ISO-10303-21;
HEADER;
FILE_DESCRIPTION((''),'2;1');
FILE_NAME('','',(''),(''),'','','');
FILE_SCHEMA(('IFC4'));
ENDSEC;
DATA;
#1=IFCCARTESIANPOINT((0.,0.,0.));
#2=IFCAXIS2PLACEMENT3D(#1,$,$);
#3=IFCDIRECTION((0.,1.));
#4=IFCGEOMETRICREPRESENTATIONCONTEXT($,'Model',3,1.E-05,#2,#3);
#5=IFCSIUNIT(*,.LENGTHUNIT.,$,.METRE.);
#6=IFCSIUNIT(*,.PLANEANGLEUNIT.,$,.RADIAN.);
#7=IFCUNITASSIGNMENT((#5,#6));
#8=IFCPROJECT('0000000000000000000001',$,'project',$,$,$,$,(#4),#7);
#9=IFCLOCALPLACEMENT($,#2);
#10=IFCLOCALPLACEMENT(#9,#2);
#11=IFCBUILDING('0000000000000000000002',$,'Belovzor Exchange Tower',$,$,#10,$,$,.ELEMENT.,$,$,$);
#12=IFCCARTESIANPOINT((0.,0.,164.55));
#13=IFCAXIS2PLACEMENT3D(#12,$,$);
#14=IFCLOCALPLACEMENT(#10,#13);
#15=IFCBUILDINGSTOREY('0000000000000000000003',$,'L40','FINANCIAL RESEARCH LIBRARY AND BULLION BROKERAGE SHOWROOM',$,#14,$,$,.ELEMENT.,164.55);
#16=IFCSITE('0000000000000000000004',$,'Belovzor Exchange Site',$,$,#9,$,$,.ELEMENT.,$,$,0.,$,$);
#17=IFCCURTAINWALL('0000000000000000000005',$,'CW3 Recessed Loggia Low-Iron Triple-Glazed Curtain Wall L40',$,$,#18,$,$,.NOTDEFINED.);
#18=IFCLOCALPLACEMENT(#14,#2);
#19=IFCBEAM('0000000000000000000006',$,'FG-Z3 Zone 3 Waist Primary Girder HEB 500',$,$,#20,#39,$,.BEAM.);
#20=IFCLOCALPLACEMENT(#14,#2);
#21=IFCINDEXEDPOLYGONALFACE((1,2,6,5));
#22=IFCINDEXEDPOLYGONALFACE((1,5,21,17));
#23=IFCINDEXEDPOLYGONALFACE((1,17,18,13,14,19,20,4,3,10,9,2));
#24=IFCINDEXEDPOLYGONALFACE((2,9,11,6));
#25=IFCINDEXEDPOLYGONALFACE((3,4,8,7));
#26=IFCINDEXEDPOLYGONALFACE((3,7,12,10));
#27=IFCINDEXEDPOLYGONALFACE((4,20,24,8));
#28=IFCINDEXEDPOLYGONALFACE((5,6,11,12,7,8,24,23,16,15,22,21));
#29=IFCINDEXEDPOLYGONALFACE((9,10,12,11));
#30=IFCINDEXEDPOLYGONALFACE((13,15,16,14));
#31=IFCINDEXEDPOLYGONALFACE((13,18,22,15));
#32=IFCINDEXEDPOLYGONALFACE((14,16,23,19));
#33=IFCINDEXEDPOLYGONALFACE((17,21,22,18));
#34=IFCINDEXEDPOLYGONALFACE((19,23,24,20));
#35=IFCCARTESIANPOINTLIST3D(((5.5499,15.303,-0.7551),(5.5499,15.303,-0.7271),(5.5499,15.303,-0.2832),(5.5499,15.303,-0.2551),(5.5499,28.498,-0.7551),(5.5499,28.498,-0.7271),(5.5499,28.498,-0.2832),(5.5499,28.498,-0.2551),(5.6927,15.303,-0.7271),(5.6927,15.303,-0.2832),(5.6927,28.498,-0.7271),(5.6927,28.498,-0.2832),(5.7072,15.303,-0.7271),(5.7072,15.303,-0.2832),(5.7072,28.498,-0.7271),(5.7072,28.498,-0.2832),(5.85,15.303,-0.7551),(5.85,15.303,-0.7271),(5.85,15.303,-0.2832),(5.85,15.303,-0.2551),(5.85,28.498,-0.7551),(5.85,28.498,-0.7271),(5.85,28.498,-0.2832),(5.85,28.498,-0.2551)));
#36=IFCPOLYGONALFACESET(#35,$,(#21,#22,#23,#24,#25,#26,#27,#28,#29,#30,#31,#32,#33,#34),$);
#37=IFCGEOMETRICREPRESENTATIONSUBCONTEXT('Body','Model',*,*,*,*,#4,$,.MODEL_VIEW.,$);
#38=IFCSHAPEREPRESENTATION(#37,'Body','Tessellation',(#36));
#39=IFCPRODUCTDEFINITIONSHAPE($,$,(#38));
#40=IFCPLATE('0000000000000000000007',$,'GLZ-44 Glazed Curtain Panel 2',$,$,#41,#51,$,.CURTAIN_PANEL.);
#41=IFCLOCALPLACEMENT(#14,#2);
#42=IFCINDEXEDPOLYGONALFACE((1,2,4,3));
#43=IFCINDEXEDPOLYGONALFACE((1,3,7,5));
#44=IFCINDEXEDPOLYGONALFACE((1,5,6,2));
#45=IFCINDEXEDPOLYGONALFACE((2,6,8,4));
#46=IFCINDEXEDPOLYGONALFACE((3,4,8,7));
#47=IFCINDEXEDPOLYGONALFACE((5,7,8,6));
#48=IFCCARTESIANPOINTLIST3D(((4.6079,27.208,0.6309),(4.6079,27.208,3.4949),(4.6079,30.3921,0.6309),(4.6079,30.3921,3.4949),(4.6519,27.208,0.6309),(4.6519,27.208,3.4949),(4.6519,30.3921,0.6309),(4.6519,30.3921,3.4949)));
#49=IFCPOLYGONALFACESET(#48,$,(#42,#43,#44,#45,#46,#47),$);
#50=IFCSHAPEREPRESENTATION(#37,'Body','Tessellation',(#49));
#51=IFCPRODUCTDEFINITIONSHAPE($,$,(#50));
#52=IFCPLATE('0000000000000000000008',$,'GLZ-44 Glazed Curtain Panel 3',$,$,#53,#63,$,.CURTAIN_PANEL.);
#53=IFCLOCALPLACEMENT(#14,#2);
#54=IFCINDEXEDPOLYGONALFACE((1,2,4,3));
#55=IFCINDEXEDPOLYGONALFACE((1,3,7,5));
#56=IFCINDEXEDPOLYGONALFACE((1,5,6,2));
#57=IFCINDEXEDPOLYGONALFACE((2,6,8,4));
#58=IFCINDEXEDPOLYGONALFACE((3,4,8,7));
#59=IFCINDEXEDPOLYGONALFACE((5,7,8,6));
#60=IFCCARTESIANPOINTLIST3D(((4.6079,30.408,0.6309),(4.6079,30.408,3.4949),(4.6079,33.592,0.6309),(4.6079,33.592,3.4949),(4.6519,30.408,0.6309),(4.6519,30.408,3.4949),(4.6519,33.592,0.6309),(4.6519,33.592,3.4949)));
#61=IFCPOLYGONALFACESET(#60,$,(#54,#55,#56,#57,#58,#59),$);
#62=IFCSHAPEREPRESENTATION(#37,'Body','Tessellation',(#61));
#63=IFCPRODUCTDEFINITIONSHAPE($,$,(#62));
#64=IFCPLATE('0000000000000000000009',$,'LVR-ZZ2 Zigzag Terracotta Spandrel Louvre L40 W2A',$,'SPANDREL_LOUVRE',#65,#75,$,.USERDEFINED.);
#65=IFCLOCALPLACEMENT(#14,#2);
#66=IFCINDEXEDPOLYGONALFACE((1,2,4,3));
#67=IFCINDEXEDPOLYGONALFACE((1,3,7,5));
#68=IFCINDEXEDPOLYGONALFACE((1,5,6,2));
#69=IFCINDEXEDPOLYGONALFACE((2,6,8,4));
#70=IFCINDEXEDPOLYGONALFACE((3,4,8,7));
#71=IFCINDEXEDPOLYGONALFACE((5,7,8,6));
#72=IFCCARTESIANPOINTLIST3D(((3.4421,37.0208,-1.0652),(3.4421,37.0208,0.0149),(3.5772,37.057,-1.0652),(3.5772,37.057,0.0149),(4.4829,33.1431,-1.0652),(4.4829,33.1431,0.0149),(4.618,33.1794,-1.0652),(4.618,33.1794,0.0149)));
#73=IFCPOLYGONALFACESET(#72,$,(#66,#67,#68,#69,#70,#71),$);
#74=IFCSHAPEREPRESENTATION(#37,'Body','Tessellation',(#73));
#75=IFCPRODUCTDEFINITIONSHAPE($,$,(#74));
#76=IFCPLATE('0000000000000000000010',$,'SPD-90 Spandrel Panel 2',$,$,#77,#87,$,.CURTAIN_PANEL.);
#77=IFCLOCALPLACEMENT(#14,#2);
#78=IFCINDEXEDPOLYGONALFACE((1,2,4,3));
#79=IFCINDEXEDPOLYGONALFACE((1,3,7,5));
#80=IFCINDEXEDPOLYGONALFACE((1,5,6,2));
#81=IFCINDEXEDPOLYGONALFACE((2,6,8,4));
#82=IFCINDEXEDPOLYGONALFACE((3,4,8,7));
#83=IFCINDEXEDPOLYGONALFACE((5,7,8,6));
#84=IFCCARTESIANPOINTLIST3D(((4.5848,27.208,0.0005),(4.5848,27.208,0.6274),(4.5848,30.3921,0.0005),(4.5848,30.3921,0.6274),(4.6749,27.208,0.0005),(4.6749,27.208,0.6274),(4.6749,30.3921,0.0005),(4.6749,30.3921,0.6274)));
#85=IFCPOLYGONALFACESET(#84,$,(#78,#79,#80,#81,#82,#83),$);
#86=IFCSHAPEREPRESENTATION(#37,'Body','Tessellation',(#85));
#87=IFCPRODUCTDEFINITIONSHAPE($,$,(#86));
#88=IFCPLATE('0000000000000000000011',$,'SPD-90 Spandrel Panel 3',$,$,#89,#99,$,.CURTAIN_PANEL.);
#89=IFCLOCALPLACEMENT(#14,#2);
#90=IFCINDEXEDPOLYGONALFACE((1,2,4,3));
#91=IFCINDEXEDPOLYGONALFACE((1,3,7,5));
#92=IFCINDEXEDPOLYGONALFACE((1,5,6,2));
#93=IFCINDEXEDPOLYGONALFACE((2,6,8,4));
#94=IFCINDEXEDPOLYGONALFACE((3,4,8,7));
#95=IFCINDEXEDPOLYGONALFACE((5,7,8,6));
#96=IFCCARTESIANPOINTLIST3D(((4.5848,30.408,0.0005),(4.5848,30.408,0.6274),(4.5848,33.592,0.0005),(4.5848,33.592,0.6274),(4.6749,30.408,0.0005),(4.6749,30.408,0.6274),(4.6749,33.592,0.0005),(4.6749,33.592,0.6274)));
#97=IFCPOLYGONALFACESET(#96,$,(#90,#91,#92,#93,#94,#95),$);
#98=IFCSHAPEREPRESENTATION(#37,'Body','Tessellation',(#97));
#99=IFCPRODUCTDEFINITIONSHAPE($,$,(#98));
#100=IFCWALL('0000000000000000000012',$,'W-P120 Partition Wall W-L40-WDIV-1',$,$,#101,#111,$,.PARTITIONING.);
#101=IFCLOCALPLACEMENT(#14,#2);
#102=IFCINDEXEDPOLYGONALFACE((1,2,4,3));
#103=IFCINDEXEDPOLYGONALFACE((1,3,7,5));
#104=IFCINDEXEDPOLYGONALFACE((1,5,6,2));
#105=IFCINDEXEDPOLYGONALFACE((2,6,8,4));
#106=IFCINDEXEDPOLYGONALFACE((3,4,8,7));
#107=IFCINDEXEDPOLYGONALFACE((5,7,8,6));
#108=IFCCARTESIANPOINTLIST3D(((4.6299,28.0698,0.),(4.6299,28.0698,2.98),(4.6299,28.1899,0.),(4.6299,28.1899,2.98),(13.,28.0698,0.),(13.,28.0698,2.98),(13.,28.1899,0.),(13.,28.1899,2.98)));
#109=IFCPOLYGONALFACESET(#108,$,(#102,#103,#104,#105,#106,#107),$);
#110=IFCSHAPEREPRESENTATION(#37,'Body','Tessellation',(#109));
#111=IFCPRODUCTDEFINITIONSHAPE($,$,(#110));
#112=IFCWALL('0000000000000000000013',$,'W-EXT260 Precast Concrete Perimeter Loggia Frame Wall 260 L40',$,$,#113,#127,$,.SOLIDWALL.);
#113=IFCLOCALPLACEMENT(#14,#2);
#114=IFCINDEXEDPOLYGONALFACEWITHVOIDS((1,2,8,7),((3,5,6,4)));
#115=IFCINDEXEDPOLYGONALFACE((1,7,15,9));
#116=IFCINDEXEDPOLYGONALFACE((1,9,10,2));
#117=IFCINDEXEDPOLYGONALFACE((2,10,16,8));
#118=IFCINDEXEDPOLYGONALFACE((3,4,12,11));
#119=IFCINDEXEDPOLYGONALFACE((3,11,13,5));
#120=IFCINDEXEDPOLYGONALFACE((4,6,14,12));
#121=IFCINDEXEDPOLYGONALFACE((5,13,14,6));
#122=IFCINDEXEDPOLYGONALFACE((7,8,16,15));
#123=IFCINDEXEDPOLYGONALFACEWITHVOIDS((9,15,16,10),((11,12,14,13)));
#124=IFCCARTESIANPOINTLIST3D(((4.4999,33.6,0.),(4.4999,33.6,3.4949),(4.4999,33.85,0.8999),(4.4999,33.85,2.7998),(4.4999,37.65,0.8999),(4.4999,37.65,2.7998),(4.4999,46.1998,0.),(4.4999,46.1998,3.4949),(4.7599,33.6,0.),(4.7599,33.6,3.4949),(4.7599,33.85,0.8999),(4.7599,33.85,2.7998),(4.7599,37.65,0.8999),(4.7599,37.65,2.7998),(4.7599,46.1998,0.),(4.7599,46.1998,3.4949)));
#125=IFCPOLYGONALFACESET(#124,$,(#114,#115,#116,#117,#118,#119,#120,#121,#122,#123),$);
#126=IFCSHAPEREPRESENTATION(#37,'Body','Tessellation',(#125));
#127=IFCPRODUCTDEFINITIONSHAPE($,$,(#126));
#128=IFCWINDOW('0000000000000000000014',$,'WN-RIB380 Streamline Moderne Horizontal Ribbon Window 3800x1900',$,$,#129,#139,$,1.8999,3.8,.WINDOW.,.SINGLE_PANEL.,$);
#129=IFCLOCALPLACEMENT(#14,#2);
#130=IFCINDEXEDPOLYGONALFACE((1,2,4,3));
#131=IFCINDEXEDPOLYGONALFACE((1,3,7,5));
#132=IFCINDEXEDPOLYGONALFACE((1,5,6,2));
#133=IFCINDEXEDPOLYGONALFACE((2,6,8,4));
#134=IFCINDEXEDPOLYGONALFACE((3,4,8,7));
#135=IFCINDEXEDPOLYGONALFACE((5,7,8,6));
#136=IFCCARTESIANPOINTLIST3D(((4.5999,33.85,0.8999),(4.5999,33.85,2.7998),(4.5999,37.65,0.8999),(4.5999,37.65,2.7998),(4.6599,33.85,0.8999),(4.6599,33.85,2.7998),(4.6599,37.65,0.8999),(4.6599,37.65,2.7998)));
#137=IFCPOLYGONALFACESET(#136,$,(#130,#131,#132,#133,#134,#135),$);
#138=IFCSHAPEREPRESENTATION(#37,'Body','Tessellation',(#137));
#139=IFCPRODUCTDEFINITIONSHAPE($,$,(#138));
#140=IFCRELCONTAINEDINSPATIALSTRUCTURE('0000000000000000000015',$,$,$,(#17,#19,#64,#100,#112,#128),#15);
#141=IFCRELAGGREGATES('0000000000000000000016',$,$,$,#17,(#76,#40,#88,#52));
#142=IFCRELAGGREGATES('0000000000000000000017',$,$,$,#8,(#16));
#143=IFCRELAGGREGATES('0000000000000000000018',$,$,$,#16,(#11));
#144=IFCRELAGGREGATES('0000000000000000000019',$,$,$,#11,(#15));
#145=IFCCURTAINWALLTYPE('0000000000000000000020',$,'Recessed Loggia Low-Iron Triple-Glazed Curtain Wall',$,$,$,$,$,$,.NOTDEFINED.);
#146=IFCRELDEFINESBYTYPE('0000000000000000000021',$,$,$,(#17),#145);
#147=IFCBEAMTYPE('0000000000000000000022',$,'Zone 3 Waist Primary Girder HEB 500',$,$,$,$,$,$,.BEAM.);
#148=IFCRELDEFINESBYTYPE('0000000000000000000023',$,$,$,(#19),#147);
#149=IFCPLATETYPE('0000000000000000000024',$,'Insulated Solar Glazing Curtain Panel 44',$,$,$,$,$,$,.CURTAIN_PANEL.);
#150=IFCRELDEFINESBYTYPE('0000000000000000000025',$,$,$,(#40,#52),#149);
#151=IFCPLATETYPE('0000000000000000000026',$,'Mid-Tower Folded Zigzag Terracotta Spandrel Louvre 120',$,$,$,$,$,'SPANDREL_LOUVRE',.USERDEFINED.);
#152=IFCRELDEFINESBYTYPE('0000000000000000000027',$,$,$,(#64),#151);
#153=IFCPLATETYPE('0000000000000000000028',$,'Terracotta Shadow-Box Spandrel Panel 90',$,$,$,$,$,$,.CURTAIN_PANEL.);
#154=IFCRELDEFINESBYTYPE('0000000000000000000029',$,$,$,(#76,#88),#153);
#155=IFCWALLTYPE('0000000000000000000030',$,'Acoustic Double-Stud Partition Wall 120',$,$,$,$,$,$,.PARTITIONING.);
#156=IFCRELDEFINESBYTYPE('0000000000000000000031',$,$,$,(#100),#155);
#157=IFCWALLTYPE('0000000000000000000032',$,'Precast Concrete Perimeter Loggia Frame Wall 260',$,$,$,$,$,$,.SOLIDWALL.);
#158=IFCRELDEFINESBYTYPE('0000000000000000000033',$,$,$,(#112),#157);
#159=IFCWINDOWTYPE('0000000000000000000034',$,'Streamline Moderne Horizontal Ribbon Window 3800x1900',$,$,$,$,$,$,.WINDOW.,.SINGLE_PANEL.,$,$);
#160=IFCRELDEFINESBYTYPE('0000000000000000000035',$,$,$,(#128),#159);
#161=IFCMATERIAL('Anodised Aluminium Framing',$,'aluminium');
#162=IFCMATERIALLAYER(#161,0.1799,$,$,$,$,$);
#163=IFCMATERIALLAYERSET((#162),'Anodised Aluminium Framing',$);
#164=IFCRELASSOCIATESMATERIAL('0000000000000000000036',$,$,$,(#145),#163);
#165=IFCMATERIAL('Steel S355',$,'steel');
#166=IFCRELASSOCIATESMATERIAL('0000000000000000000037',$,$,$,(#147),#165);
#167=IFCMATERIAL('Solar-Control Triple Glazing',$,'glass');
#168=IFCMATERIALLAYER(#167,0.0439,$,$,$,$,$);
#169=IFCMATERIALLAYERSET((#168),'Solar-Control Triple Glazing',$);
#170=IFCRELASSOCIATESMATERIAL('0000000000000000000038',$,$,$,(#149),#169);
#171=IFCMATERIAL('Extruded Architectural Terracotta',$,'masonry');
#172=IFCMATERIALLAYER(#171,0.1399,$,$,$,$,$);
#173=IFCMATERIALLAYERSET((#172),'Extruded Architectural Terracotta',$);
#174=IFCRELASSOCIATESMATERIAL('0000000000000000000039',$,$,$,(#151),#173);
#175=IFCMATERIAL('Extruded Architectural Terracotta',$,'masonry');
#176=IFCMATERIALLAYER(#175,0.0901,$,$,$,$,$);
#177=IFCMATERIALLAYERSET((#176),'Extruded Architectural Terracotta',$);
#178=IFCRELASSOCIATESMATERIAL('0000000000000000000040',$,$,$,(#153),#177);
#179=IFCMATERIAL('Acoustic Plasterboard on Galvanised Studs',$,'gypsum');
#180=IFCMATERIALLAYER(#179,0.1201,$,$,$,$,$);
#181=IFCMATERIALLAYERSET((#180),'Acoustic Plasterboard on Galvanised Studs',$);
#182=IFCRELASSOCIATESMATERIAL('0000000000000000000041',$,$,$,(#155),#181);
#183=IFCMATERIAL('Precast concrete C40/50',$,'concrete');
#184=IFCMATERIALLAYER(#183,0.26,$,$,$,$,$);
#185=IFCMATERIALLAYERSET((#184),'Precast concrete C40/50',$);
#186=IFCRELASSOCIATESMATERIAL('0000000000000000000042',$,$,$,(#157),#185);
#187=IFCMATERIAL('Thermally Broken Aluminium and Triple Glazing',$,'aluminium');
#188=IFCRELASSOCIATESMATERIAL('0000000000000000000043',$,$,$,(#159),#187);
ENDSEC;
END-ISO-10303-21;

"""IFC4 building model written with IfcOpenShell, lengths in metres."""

from ifc_helpers import new_model, si_unit, direction, frame, frame_2d, origin, origin_2d, place, context, subcontext, project, spatial, rectangle, i_section, extrude, material, layer, layer_set, material_profile, profile_set, type_object, element, fill, aggregate, save


model = new_model("IFC4")

# Units and contexts
model_context = context("Model", 3, precision=1e-05, world=origin(), true_north=direction((0.0, 1.0)))
body_context = subcontext(model_context, "Body", "Model", "MODEL_VIEW")
ifc_project = project(units=[si_unit("LENGTHUNIT", "METRE"), si_unit("PLANEANGLEUNIT", "RADIAN")], contexts=[model_context])

# Site, building, storey
site_placement = place(None, origin())
site = spatial("IfcSite", under=ifc_project, at=site_placement, Name="Belovzor Exchange Site", CompositionType="ELEMENT", RefElevation=0.0)
building_placement = place(site_placement, origin())
building = spatial("IfcBuilding", under=site, at=building_placement, Name="Belovzor Exchange Tower", CompositionType="ELEMENT")
storey_placement = place(building_placement, frame((0.0, 0.0, 164.55)))
storey = spatial("IfcBuildingStorey", under=building, at=storey_placement, Name="L40", Description="FINANCIAL RESEARCH LIBRARY AND BULLION BROKERAGE SHOWROOM", CompositionType="ELEMENT", Elevation=164.55)

# Curtain wall
ifc_material_1 = material(Name="Anodised Aluminium Framing", Category="aluminium")
ifc_layer_1 = layer(ifc_material_1, 0.1799)
ifc_layer_set_1 = layer_set([ifc_layer_1], Name="Anodised Aluminium Framing")
curtain_wall_type = type_object("IfcCurtainWallType", Name="Recessed Loggia Low-Iron Triple-Glazed Curtain Wall", PredefinedType="NOTDEFINED", material=ifc_layer_set_1)
curtain_wall_placement = place(storey_placement, origin())
curtain_wall = element("IfcCurtainWall", 1, at=curtain_wall_placement, inside=storey, type_object=curtain_wall_type, Name="CW3 Recessed Loggia Low-Iron Triple-Glazed Curtain Wall L40", PredefinedType="NOTDEFINED")

# Beam
ifc_material_2 = material(Name="Steel S355", Category="steel")
ifc_material_profile_1 = material_profile(ifc_material_2, i_section(OverallWidth=0.3, OverallDepth=0.5, WebThickness=0.0144, FlangeThickness=0.0281, at=origin_2d()))
ifc_profile_set_1 = profile_set([ifc_material_profile_1], Name="Steel S355")
beam_type_1 = type_object("IfcBeamType", Name="Zone 3 Waist Primary Girder HEB 500", PredefinedType="BEAM", material=ifc_profile_set_1)
beam_1_placement = place(storey_placement, frame((5.7, 28.498, -0.5051), z_axis=(0.0, -1.0, 0.0), x_axis=(1.0, 0.0, 0.0)))
element("IfcBeam", 2, at=beam_1_placement, inside=storey, type_object=beam_type_1, Name="FG-Z3 Zone 3 Waist Primary Girder HEB 500", PredefinedType="BEAM", context=body_context, shape_type="SweptSolid", body=[
    extrude(i_section(OverallWidth=0.3, OverallDepth=0.5, WebThickness=0.0144, FlangeThickness=0.0281, at=origin_2d()), origin(), (0.0, 0.0, 1.0), 13.1951),
])

# Plates
ifc_material_3 = material(Name="Solar-Control Triple Glazing", Category="glass")
ifc_layer_2 = layer(ifc_material_3, 0.0439)
ifc_layer_set_2 = layer_set([ifc_layer_2], Name="Solar-Control Triple Glazing")
plate_type_1 = type_object("IfcPlateType", Name="Insulated Solar Glazing Curtain Panel 44", PredefinedType="CURTAIN_PANEL", material=ifc_layer_set_2)
plate_1_placement = place(storey_placement, frame((4.6299, 28.8, 0.6309), z_axis=(0.0, 0.0, 1.0), x_axis=(0.0, 1.0, 0.0)))
plate_1 = element("IfcPlate", 3, at=plate_1_placement, type_object=plate_type_1, Name="GLZ-44 Glazed Curtain Panel 2", PredefinedType="CURTAIN_PANEL", context=body_context, shape_type="SweptSolid", body=[
    extrude(rectangle(XDim=3.1841, YDim=0.0439, at=origin_2d()), origin(), (0.0, 0.0, 1.0), 2.864),
])
plate_2_placement = place(storey_placement, frame((4.6299, 32.0, 0.6309), z_axis=(0.0, 0.0, 1.0), x_axis=(0.0, 1.0, 0.0)))
plate_2 = element("IfcPlate", 4, at=plate_2_placement, type_object=plate_type_1, Name="GLZ-44 Glazed Curtain Panel 3", PredefinedType="CURTAIN_PANEL", context=body_context, shape_type="SweptSolid", body=[
    extrude(rectangle(XDim=3.1841, YDim=0.0439, at=origin_2d()), origin(), (0.0, 0.0, 1.0), 2.864),
])
ifc_material_4 = material(Name="Extruded Architectural Terracotta", Category="masonry")
ifc_layer_3 = layer(ifc_material_4, 0.1399)
ifc_layer_set_3 = layer_set([ifc_layer_3], Name="Extruded Architectural Terracotta")
plate_type_2 = type_object("IfcPlateType", Name="Mid-Tower Folded Zigzag Terracotta Spandrel Louvre 120", ElementType="SPANDREL_LOUVRE", PredefinedType="USERDEFINED", material=ifc_layer_set_3)
plate_3_placement = place(storey_placement, frame((4.03, 35.1001, -1.0652), z_axis=(0.0, 0.0, 1.0), x_axis=(-0.25924, 0.965813, 0.0)))
element("IfcPlate", 5, at=plate_3_placement, inside=storey, type_object=plate_type_2, Name="LVR-ZZ2 Zigzag Terracotta Spandrel Louvre L40 W2A", ObjectType="SPANDREL_LOUVRE", PredefinedType="USERDEFINED", context=body_context, shape_type="SweptSolid", body=[
    extrude(rectangle(XDim=4.0149, YDim=0.1399, at=origin_2d()), origin(), (0.0, 0.0, 1.0), 1.0801),
])
ifc_material_5 = material(Name="Extruded Architectural Terracotta", Category="masonry")
ifc_layer_4 = layer(ifc_material_5, 0.0901)
ifc_layer_set_4 = layer_set([ifc_layer_4], Name="Extruded Architectural Terracotta")
plate_type_3 = type_object("IfcPlateType", Name="Terracotta Shadow-Box Spandrel Panel 90", PredefinedType="CURTAIN_PANEL", material=ifc_layer_set_4)
plate_4_placement = place(storey_placement, frame((4.6299, 28.8, 0.0005), z_axis=(0.0, 0.0, 1.0), x_axis=(0.0, 1.0, 0.0)))
plate_4 = element("IfcPlate", 6, at=plate_4_placement, type_object=plate_type_3, Name="SPD-90 Spandrel Panel 2", PredefinedType="CURTAIN_PANEL", context=body_context, shape_type="SweptSolid", body=[
    extrude(rectangle(XDim=3.1841, YDim=0.0901, at=origin_2d()), origin(), (0.0, 0.0, 1.0), 0.627),
])
plate_5_placement = place(storey_placement, frame((4.6299, 32.0, 0.0005), z_axis=(0.0, 0.0, 1.0), x_axis=(0.0, 1.0, 0.0)))
plate_5 = element("IfcPlate", 7, at=plate_5_placement, type_object=plate_type_3, Name="SPD-90 Spandrel Panel 3", PredefinedType="CURTAIN_PANEL", context=body_context, shape_type="SweptSolid", body=[
    extrude(rectangle(XDim=3.1841, YDim=0.0901, at=origin_2d()), origin(), (0.0, 0.0, 1.0), 0.627),
])
aggregate(curtain_wall, [plate_4, plate_1, plate_5, plate_2])

# Wall
ifc_material_6 = material(Name="Acoustic Plasterboard on Galvanised Studs", Category="gypsum")
ifc_layer_5 = layer(ifc_material_6, 0.1201)
ifc_layer_set_5 = layer_set([ifc_layer_5], Name="Acoustic Plasterboard on Galvanised Studs")
wall_type_1 = type_object("IfcWallType", Name="Acoustic Double-Stud Partition Wall 120", PredefinedType="PARTITIONING", material=ifc_layer_set_5)
wall_1_placement = place(storey_placement, frame((4.6299, 28.1299, 0.0), z_axis=(0.0, 0.0, 1.0), x_axis=(1.0, 0.0, 0.0)))
element("IfcWall", 8, at=wall_1_placement, inside=storey, type_object=wall_type_1, Name="W-P120 Partition Wall W-L40-WDIV-1", PredefinedType="PARTITIONING", context=body_context, shape_type="SweptSolid", body=[
    extrude(rectangle(XDim=8.3701, YDim=0.1201, at=frame_2d((4.1851, 0.0))), origin(), (0.0, 0.0, 1.0), 2.98),
])

# Wall, opening, window
ifc_material_7 = material(Name="Precast concrete C40/50", Category="concrete")
ifc_layer_6 = layer(ifc_material_7, 0.26)
ifc_layer_set_6 = layer_set([ifc_layer_6], Name="Precast concrete C40/50")
wall_type_2 = type_object("IfcWallType", Name="Precast Concrete Perimeter Loggia Frame Wall 260", PredefinedType="SOLIDWALL", material=ifc_layer_set_6)
wall_2_placement = place(storey_placement, frame((4.6299, 33.6001, 0.0), z_axis=(0.0, 0.0, 1.0), x_axis=(0.0, 1.0, 0.0)))
wall_2 = element("IfcWall", 9, at=wall_2_placement, inside=storey, type_object=wall_type_2, Name="W-EXT260 Precast Concrete Perimeter Loggia Frame Wall 260 L40", PredefinedType="SOLIDWALL", context=body_context, shape_type="SweptSolid", body=[
    extrude(rectangle(XDim=12.5999, YDim=0.26, at=frame_2d((6.2998, 0.0))), origin(), (0.0, 0.0, 1.0), 3.4949),
])
opening_placement = place(wall_2_placement, frame((0.25, 0.0, 0.8999)))
opening = element("IfcOpeningElement", 10, at=opening_placement, cuts=wall_2, PredefinedType="OPENING", context=body_context, shape_type="SweptSolid", body=[
    extrude(rectangle(XDim=3.8, YDim=1.8999, at=frame_2d((1.8999, 0.95))), frame((0.0, 0.1399, 0.0), z_axis=(0.0, -1.0, 0.0), x_axis=(1.0, 0.0, 0.0)), (0.0, 0.0, 1.0), 0.28),
])
ifc_material_8 = material(Name="Thermally Broken Aluminium and Triple Glazing", Category="aluminium")
window_type = type_object("IfcWindowType", Name="Streamline Moderne Horizontal Ribbon Window 3800x1900", PartitioningType="SINGLE_PANEL", PredefinedType="WINDOW", material=ifc_material_8)
window_placement = place(opening_placement, origin())
window = element("IfcWindow", 11, at=window_placement, inside=storey, type_object=window_type, Name="WN-RIB380 Streamline Moderne Horizontal Ribbon Window 3800x1900", OverallHeight=1.8999, OverallWidth=3.8, PartitioningType="SINGLE_PANEL", PredefinedType="WINDOW", context=body_context, shape_type="SweptSolid", body=[
    extrude(rectangle(XDim=3.8, YDim=1.8999, at=frame_2d((1.8999, 0.95))), frame((0.0, 0.03, 0.0), z_axis=(0.0, -1.0, 0.0), x_axis=(1.0, 0.0, 0.0)), (0.0, 0.0, 1.0), 0.0601),
])
fill(opening, window)

save(model, "model.ifc")
